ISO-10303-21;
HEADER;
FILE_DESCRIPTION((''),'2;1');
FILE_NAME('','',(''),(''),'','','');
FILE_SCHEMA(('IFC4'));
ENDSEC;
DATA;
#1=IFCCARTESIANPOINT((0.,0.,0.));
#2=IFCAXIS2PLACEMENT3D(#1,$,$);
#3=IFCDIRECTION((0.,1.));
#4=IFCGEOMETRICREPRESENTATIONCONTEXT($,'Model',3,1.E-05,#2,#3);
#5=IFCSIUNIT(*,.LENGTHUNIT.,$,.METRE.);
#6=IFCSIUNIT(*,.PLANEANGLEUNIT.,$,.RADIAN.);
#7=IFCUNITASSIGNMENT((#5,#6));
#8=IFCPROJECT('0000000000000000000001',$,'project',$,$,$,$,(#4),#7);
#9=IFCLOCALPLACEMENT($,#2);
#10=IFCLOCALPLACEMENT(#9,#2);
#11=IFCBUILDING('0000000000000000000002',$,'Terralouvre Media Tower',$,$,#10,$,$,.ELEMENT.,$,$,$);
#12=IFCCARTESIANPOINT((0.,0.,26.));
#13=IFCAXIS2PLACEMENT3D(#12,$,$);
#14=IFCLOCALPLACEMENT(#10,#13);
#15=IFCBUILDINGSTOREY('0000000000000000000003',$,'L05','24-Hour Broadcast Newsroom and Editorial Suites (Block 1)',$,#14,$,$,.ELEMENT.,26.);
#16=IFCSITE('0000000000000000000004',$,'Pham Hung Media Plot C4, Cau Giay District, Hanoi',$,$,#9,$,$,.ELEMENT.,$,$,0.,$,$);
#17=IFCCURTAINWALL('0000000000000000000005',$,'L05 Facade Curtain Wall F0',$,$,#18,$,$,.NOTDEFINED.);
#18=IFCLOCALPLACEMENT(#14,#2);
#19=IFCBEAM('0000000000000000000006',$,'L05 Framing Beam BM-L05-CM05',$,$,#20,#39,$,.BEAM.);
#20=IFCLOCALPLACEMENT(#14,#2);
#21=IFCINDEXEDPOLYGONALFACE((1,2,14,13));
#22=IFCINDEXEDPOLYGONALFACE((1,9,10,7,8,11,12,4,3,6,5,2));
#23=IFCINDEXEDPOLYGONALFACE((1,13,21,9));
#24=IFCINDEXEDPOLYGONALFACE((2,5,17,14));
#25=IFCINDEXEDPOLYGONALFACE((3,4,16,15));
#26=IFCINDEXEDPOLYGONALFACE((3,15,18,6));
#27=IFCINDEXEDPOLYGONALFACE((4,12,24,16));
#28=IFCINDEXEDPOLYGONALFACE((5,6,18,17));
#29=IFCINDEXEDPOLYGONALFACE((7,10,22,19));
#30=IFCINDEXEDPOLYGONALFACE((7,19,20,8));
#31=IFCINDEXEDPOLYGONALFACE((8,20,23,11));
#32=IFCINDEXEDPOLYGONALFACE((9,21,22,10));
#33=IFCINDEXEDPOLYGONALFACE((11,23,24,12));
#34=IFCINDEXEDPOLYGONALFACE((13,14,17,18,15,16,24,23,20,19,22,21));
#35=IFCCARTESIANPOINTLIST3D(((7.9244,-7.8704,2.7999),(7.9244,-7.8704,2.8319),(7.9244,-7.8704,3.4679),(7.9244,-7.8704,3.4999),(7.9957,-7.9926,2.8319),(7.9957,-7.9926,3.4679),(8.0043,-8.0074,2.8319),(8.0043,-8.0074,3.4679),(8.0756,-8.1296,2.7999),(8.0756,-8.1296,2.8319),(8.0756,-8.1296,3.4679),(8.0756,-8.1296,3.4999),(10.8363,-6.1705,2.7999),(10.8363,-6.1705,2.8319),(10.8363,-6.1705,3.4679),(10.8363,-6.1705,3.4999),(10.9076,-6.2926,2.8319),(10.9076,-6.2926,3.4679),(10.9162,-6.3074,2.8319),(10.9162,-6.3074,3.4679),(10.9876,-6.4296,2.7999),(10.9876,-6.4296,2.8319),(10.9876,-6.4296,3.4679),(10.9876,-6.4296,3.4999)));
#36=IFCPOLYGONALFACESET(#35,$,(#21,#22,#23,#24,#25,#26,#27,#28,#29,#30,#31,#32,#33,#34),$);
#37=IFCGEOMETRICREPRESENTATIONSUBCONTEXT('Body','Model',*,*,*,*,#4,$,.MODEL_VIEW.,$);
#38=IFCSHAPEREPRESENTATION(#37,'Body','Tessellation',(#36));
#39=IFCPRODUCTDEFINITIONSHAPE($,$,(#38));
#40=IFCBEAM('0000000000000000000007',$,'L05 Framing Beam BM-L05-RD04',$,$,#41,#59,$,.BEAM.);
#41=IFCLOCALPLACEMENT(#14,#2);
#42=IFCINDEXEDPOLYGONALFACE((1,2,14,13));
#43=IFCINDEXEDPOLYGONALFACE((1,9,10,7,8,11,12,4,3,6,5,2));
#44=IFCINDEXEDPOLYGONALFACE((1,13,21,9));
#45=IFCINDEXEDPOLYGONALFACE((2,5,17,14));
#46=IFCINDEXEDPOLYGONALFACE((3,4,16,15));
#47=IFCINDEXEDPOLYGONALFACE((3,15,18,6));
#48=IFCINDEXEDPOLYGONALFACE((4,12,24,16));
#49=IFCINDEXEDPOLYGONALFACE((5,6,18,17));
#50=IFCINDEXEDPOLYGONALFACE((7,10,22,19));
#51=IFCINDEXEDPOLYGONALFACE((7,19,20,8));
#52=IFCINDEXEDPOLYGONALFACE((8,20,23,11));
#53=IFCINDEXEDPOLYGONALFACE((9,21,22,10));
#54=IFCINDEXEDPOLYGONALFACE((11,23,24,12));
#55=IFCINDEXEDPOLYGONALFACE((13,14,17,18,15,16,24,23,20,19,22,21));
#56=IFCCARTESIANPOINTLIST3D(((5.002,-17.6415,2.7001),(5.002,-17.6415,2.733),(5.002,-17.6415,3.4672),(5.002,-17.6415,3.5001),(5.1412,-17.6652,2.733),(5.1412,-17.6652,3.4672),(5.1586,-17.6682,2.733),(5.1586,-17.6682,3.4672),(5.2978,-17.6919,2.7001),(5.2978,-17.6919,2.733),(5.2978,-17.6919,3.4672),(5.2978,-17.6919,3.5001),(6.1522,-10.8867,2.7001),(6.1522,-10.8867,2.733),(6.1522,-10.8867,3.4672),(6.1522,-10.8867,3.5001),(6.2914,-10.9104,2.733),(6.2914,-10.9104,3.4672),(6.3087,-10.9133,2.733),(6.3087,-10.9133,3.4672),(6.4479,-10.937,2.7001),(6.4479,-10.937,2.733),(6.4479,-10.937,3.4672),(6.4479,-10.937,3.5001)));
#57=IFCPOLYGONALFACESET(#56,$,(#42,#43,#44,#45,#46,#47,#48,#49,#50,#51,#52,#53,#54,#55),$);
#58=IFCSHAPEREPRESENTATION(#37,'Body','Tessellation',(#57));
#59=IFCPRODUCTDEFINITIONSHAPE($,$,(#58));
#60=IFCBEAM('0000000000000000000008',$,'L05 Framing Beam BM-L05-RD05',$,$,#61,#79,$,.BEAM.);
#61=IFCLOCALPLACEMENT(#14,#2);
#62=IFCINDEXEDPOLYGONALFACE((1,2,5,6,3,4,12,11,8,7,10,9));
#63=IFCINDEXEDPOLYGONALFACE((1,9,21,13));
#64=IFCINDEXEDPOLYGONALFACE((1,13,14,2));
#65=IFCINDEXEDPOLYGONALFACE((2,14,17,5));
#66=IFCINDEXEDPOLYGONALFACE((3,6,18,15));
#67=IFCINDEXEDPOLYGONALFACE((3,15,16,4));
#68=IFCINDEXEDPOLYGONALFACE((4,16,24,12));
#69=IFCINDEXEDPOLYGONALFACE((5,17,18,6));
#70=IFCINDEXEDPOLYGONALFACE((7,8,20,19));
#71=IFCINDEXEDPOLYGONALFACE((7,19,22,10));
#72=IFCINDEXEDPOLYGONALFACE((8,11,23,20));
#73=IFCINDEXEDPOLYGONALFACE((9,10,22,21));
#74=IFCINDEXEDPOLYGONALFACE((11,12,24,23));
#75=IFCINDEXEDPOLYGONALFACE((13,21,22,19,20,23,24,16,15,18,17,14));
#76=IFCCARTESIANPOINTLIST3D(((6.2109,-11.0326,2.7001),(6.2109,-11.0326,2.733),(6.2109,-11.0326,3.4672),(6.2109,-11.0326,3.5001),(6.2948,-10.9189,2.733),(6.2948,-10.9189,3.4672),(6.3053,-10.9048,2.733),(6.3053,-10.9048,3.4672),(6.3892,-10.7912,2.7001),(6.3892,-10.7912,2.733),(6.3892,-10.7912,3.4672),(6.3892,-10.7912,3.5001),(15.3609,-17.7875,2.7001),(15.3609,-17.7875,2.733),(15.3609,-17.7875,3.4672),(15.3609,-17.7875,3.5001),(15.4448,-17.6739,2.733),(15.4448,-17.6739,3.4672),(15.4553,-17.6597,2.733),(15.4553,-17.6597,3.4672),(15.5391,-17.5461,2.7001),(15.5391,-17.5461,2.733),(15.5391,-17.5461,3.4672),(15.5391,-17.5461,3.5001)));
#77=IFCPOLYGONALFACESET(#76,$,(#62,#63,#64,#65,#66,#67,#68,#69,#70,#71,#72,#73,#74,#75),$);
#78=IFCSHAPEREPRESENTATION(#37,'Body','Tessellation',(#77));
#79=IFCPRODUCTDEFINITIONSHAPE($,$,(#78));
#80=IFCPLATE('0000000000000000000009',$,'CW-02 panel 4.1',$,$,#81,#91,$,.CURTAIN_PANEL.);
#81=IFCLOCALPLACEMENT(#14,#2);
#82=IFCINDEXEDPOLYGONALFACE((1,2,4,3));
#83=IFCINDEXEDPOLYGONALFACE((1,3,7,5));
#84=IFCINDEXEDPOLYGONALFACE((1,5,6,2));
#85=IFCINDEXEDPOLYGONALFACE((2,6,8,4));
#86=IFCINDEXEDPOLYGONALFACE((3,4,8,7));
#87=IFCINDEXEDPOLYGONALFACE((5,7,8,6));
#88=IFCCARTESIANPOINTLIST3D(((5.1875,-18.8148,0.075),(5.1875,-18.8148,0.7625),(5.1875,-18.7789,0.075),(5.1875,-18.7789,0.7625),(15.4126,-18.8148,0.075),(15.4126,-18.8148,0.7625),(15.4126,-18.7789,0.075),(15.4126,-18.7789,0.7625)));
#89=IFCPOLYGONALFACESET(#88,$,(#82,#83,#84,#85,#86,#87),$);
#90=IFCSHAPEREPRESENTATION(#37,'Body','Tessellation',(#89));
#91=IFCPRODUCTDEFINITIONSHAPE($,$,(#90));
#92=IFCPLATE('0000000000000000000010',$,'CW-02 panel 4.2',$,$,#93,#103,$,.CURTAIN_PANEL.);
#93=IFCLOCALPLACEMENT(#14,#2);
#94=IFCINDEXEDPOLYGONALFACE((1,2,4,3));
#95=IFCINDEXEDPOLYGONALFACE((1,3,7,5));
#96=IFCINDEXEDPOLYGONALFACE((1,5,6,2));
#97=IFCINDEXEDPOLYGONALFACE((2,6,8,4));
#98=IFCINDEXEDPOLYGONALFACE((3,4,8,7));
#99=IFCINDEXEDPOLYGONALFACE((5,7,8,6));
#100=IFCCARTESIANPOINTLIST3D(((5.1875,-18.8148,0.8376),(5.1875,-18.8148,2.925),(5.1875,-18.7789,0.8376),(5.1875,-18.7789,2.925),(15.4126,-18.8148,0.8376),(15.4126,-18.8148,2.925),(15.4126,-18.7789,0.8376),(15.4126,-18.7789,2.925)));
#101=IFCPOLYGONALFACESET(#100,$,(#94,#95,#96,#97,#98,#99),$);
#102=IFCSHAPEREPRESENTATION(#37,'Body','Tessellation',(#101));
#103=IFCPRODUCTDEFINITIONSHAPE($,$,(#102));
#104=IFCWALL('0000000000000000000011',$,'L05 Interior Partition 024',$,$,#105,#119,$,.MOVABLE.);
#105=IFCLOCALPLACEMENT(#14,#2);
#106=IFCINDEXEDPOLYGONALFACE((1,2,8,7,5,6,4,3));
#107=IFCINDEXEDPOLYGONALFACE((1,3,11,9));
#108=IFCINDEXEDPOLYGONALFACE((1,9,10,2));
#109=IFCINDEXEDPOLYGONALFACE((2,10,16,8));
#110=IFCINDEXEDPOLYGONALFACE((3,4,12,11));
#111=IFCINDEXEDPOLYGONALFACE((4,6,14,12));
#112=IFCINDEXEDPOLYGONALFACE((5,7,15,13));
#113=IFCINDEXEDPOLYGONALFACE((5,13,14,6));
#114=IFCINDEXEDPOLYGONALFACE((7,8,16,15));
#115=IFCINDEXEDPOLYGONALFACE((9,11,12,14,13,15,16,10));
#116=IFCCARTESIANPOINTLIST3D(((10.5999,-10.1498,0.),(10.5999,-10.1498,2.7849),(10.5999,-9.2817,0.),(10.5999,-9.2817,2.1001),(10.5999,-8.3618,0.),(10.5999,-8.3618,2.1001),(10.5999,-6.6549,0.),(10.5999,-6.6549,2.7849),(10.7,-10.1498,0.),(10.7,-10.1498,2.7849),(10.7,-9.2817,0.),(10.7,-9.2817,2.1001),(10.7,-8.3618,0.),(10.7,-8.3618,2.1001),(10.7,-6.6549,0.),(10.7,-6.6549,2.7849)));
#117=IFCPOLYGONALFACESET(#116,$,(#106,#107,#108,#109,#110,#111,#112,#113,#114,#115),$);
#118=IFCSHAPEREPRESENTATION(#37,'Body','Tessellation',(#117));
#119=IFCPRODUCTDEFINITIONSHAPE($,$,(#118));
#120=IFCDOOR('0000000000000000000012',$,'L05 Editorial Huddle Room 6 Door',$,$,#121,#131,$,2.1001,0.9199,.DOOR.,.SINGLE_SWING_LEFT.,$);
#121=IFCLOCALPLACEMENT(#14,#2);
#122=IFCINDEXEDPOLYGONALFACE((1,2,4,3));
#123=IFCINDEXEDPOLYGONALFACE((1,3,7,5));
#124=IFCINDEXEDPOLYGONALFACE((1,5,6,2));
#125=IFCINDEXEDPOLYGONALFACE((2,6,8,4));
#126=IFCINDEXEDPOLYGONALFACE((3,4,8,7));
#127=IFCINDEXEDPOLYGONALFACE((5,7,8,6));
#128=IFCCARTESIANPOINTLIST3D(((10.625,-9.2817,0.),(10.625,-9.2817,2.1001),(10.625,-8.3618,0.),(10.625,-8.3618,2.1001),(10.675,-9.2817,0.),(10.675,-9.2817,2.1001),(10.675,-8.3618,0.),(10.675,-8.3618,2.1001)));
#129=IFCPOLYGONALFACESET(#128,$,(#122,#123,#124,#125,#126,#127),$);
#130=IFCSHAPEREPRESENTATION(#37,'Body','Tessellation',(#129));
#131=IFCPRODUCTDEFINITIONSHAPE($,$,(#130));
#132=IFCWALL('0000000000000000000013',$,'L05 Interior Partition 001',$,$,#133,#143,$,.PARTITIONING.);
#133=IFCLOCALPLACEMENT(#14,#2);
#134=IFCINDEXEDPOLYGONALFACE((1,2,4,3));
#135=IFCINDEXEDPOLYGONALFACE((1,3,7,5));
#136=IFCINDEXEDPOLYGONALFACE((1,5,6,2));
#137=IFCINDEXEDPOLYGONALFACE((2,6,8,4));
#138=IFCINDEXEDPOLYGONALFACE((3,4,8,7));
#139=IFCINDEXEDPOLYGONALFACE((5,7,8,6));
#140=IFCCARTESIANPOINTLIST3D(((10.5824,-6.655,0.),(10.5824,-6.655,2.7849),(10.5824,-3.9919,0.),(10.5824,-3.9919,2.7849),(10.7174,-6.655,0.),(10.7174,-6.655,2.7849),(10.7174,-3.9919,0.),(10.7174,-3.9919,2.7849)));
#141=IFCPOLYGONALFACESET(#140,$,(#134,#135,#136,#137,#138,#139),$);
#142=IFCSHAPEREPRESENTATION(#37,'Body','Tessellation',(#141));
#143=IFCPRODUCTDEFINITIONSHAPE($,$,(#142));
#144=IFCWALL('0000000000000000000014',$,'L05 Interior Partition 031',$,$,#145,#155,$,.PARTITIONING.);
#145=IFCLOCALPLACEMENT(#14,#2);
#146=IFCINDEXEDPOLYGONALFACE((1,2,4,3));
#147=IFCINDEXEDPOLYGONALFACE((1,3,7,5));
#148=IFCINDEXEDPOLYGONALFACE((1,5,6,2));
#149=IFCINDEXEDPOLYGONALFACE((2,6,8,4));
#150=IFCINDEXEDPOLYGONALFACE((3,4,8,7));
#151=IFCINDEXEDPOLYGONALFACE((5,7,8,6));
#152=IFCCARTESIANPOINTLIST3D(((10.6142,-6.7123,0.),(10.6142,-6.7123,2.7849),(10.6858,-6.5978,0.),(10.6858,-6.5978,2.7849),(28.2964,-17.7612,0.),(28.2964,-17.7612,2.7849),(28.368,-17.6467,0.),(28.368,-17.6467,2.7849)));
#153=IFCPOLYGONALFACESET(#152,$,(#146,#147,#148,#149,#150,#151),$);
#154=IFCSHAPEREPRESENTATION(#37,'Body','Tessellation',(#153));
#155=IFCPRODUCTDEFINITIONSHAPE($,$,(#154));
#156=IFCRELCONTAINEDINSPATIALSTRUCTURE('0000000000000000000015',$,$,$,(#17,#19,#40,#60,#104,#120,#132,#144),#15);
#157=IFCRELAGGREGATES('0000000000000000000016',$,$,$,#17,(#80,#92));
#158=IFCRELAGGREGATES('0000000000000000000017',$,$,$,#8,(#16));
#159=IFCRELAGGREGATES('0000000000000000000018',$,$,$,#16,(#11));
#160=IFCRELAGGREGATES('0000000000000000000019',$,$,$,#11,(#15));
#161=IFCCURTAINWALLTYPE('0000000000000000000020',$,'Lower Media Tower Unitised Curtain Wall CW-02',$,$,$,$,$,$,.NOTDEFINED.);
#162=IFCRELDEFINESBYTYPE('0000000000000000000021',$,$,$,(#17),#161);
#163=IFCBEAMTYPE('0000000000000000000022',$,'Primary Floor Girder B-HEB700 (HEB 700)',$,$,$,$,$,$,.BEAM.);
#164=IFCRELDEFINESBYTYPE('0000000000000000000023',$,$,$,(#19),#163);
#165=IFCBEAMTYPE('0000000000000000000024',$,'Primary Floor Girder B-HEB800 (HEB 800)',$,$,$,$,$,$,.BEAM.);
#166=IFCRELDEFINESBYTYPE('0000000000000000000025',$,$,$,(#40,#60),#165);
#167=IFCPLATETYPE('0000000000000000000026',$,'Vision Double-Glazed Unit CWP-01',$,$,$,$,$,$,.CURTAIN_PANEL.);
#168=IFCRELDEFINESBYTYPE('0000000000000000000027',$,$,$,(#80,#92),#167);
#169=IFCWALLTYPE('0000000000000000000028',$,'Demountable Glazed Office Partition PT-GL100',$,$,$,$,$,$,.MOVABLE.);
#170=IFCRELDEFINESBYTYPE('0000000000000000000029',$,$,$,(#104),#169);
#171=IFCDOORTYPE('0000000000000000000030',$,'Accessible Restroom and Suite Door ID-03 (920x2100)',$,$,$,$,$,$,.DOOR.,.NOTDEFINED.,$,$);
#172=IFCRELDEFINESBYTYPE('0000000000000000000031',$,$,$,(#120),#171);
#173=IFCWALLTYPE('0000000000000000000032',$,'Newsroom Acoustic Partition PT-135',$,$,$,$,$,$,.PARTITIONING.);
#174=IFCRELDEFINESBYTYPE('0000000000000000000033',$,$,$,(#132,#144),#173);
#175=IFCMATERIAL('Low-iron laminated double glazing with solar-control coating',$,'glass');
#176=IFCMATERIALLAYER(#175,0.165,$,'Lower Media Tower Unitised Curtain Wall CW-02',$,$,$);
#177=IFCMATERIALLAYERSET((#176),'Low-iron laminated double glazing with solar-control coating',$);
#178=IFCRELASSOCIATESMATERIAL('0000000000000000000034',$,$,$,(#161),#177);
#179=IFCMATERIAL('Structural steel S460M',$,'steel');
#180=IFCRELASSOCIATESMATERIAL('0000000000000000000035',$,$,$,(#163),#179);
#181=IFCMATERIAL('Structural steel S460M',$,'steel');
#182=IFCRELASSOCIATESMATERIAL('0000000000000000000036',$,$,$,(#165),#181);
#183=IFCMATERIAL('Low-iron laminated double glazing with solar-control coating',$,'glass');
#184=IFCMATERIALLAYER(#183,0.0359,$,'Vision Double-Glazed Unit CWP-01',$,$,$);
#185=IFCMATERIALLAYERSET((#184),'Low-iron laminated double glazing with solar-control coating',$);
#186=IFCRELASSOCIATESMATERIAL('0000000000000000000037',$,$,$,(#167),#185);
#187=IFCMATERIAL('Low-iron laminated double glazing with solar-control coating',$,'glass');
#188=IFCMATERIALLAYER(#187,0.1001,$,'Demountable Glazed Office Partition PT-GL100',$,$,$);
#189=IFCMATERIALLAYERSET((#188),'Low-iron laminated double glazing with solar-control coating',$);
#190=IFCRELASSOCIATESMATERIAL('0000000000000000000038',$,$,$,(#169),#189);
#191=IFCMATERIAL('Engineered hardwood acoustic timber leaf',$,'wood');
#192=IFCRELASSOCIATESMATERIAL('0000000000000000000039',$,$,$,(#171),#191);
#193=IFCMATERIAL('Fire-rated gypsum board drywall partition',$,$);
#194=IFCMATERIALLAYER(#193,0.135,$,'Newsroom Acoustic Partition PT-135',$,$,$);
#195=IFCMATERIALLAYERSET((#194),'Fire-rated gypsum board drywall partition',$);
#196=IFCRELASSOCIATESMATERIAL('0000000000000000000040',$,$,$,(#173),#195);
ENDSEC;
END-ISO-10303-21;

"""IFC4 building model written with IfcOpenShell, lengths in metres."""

from ifc_helpers import new_model, si_unit, direction, frame, frame_2d, origin, origin_2d, place, context, subcontext, project, spatial, rectangle, i_section, extrude, material, layer, layer_set, material_profile, profile_set, type_object, element, fill, aggregate, save


model = new_model("IFC4")

# Units and contexts
model_context = context("Model", 3, precision=1e-05, world=origin(), true_north=direction((0.0, 1.0)))
body_context = subcontext(model_context, "Body", "Model", "MODEL_VIEW")
ifc_project = project(units=[si_unit("LENGTHUNIT", "METRE"), si_unit("PLANEANGLEUNIT", "RADIAN")], contexts=[model_context])

# Site, building, storey
site_placement = place(None, origin())
site = spatial("IfcSite", under=ifc_project, at=site_placement, Name="Pham Hung Media Plot C4, Cau Giay District, Hanoi", CompositionType="ELEMENT", RefElevation=0.0)
building_placement = place(site_placement, origin())
building = spatial("IfcBuilding", under=site, at=building_placement, Name="Terralouvre Media Tower", CompositionType="ELEMENT")
storey_placement = place(building_placement, frame((0.0, 0.0, 26.0)))
storey = spatial("IfcBuildingStorey", under=building, at=storey_placement, Name="L05", Description="24-Hour Broadcast Newsroom and Editorial Suites (Block 1)", CompositionType="ELEMENT", Elevation=26.0)

# Curtain wall
ifc_material_1 = material(Name="Low-iron laminated double glazing with solar-control coating", Category="glass")
ifc_layer_1 = layer(ifc_material_1, 0.165, Name="Lower Media Tower Unitised Curtain Wall CW-02")
ifc_layer_set_1 = layer_set([ifc_layer_1], Name="Low-iron laminated double glazing with solar-control coating")
curtain_wall_type = type_object("IfcCurtainWallType", Name="Lower Media Tower Unitised Curtain Wall CW-02", PredefinedType="NOTDEFINED", material=ifc_layer_set_1)
curtain_wall_placement = place(storey_placement, origin())
curtain_wall = element("IfcCurtainWall", 1, at=curtain_wall_placement, inside=storey, type_object=curtain_wall_type, Name="L05 Facade Curtain Wall F0", PredefinedType="NOTDEFINED")

# Beams
ifc_material_2 = material(Name="Structural steel S460M", Category="steel")
ifc_material_profile_1 = material_profile(ifc_material_2, i_section(OverallWidth=0.3, OverallDepth=0.7, WebThickness=0.0171, FlangeThickness=0.032, at=origin_2d()), Name="HEB 700")
ifc_profile_set_1 = profile_set([ifc_material_profile_1], Name="Structural steel S460M")
beam_type_1 = type_object("IfcBeamType", Name="Primary Floor Girder B-HEB700 (HEB 700)", PredefinedType="BEAM", material=ifc_profile_set_1)
for number, where, z_axis, x_axis, name in (
    (2, (8.0, -8.0, 3.1499), (0.863603, 0.504173, 0.0), (-0.504173, 0.863603, 0.0), "L05 Framing Beam BM-L05-CM05"),
):
    element("IfcBeam", number, at=place(storey_placement, frame(where, z_axis=z_axis, x_axis=x_axis)), inside=storey, type_object=beam_type_1, Name=name, PredefinedType="BEAM", context=body_context, shape_type="SweptSolid", body=[
        extrude(i_section(OverallWidth=0.3, OverallDepth=0.7, WebThickness=0.0171, FlangeThickness=0.032, at=origin_2d()), origin(), (0.0, 0.0, 1.0), 3.3718),
    ])
ifc_material_3 = material(Name="Structural steel S460M", Category="steel")
ifc_material_profile_2 = material_profile(ifc_material_3, i_section(OverallWidth=0.3, OverallDepth=0.8, WebThickness=0.0176, FlangeThickness=0.033, at=origin_2d()), Name="HEB 800")
ifc_profile_set_2 = profile_set([ifc_material_profile_2], Name="Structural steel S460M")
beam_type_2 = type_object("IfcBeamType", Name="Primary Floor Girder B-HEB800 (HEB 800)", PredefinedType="BEAM", material=ifc_profile_set_2)
beam_1_placement = place(storey_placement, frame((6.3, -10.9119, 3.1001), z_axis=(-0.167853, -0.985812, 0.0), x_axis=(0.985812, -0.167853, 0.0)))
element("IfcBeam", 3, at=beam_1_placement, inside=storey, type_object=beam_type_2, Name="L05 Framing Beam BM-L05-RD04", PredefinedType="BEAM", context=body_context, shape_type="SweptSolid", body=[
    extrude(i_section(OverallWidth=0.3, OverallDepth=0.8, WebThickness=0.0176, FlangeThickness=0.033, at=origin_2d()), origin(), (0.0, 0.0, 1.0), 6.8521),
])
beam_2_placement = place(storey_placement, frame((6.3, -10.9119, 3.1001), z_axis=(0.804516, -0.593931, 0.0), x_axis=(0.593931, 0.804516, 0.0)))
element("IfcBeam", 4, at=beam_2_placement, inside=storey, type_object=beam_type_2, Name="L05 Framing Beam BM-L05-RD05", PredefinedType="BEAM", context=body_context, shape_type="SweptSolid", body=[
    extrude(i_section(OverallWidth=0.3, OverallDepth=0.8, WebThickness=0.0176, FlangeThickness=0.033, at=origin_2d()), origin(), (0.0, 0.0, 1.0), 11.3733),
])

# Plates
ifc_material_4 = material(Name="Low-iron laminated double glazing with solar-control coating", Category="glass")
ifc_layer_2 = layer(ifc_material_4, 0.0359, Name="Vision Double-Glazed Unit CWP-01")
ifc_layer_set_2 = layer_set([ifc_layer_2], Name="Low-iron laminated double glazing with solar-control coating")
plate_type = type_object("IfcPlateType", Name="Vision Double-Glazed Unit CWP-01", PredefinedType="CURTAIN_PANEL", material=ifc_layer_set_2)
plate_1_placement = place(storey_placement, frame((10.3, -18.7969, 0.075), z_axis=(0.0, 0.0, 1.0), x_axis=(1.0, 0.0, 0.0)))
plate_1 = element("IfcPlate", 5, at=plate_1_placement, type_object=plate_type, Name="CW-02 panel 4.1", PredefinedType="CURTAIN_PANEL", context=body_context, shape_type="SweptSolid", body=[
    extrude(rectangle(XDim=10.2251, YDim=0.0359, at=origin_2d()), origin(), (0.0, 0.0, 1.0), 0.6875),
])
plate_2_placement = place(storey_placement, frame((10.3, -18.7969, 0.8376), z_axis=(0.0, 0.0, 1.0), x_axis=(1.0, 0.0, 0.0)))
plate_2 = element("IfcPlate", 6, at=plate_2_placement, type_object=plate_type, Name="CW-02 panel 4.2", PredefinedType="CURTAIN_PANEL", context=body_context, shape_type="SweptSolid", body=[
    extrude(rectangle(XDim=10.2251, YDim=0.0359, at=origin_2d()), origin(), (0.0, 0.0, 1.0), 2.0874),
])
aggregate(curtain_wall, [plate_1, plate_2])

# Wall, opening, door
ifc_material_5 = material(Name="Low-iron laminated double glazing with solar-control coating", Category="glass")
ifc_layer_3 = layer(ifc_material_5, 0.1001, Name="Demountable Glazed Office Partition PT-GL100")
ifc_layer_set_3 = layer_set([ifc_layer_3], Name="Low-iron laminated double glazing with solar-control coating")
wall_type_1 = type_object("IfcWallType", Name="Demountable Glazed Office Partition PT-GL100", PredefinedType="MOVABLE", material=ifc_layer_set_3)
wall_1_placement = place(storey_placement, frame((10.6499, -10.1499, 0.0), z_axis=(0.0, 0.0, 1.0), x_axis=(0.0, 1.0, 0.0)))
wall_1 = element("IfcWall", 7, at=wall_1_placement, inside=storey, type_object=wall_type_1, Name="L05 Interior Partition 024", PredefinedType="MOVABLE", context=body_context, shape_type="SweptSolid", body=[
    extrude(rectangle(XDim=3.4949, YDim=0.1001, at=frame_2d((1.7476, 0.0))), origin(), (0.0, 0.0, 1.0), 2.7849),
])
opening_placement = place(wall_1_placement, frame((0.8682, 0.0, 0.0)))
opening = element("IfcOpeningElement", 8, at=opening_placement, cuts=wall_1, PredefinedType="OPENING", context=body_context, shape_type="SweptSolid", body=[
    extrude(rectangle(XDim=0.9199, YDim=2.1001, at=frame_2d((0.46, 1.05))), frame((0.0, 0.0601, 0.0), z_axis=(0.0, -1.0, 0.0), x_axis=(1.0, 0.0, 0.0)), (0.0, 0.0, 1.0), 0.1201),
])
ifc_material_6 = material(Name="Engineered hardwood acoustic timber leaf", Category="wood")
door_type = type_object("IfcDoorType", Name="Accessible Restroom and Suite Door ID-03 (920x2100)", OperationType="NOTDEFINED", PredefinedType="DOOR", material=ifc_material_6)
door_placement = place(opening_placement, origin())
door = element("IfcDoor", 9, at=door_placement, inside=storey, type_object=door_type, Name="L05 Editorial Huddle Room 6 Door", OperationType="SINGLE_SWING_LEFT", OverallHeight=2.1001, OverallWidth=0.9199, PredefinedType="DOOR", context=body_context, shape_type="SweptSolid", body=[
    extrude(rectangle(XDim=0.9199, YDim=2.1001, at=frame_2d((0.46, 1.05))), frame((0.0, 0.0249, 0.0), z_axis=(0.0, -1.0, 0.0), x_axis=(1.0, 0.0, 0.0)), (0.0, 0.0, 1.0), 0.05),
])
fill(opening, door)

# Walls
ifc_material_7 = material(Name="Fire-rated gypsum board drywall partition")
ifc_layer_4 = layer(ifc_material_7, 0.135, Name="Newsroom Acoustic Partition PT-135")
ifc_layer_set_4 = layer_set([ifc_layer_4], Name="Fire-rated gypsum board drywall partition")
wall_type_2 = type_object("IfcWallType", Name="Newsroom Acoustic Partition PT-135", PredefinedType="PARTITIONING", material=ifc_layer_set_4)
wall_2_placement = place(storey_placement, frame((10.6499, -6.655, 0.0), z_axis=(0.0, 0.0, 1.0), x_axis=(0.0, 1.0, 0.0)))
element("IfcWall", 10, at=wall_2_placement, inside=storey, type_object=wall_type_2, Name="L05 Interior Partition 001", PredefinedType="PARTITIONING", context=body_context, shape_type="SweptSolid", body=[
    extrude(rectangle(XDim=2.6631, YDim=0.135, at=frame_2d((1.3315, 0.0))), origin(), (0.0, 0.0, 1.0), 2.7849),
])
wall_3_placement = place(storey_placement, frame((10.6499, -6.655, 0.0), z_axis=(0.0, 0.0, 1.0), x_axis=(0.848052, -0.529913, 0.0)))
element("IfcWall", 11, at=wall_3_placement, inside=storey, type_object=wall_type_2, Name="L05 Interior Partition 031", PredefinedType="PARTITIONING", context=body_context, shape_type="SweptSolid", body=[
    extrude(rectangle(XDim=20.8503, YDim=0.135, at=frame_2d((10.4253, 0.0))), origin(), (0.0, 0.0, 1.0), 2.7849),
])

save(model, "model.ifc")
